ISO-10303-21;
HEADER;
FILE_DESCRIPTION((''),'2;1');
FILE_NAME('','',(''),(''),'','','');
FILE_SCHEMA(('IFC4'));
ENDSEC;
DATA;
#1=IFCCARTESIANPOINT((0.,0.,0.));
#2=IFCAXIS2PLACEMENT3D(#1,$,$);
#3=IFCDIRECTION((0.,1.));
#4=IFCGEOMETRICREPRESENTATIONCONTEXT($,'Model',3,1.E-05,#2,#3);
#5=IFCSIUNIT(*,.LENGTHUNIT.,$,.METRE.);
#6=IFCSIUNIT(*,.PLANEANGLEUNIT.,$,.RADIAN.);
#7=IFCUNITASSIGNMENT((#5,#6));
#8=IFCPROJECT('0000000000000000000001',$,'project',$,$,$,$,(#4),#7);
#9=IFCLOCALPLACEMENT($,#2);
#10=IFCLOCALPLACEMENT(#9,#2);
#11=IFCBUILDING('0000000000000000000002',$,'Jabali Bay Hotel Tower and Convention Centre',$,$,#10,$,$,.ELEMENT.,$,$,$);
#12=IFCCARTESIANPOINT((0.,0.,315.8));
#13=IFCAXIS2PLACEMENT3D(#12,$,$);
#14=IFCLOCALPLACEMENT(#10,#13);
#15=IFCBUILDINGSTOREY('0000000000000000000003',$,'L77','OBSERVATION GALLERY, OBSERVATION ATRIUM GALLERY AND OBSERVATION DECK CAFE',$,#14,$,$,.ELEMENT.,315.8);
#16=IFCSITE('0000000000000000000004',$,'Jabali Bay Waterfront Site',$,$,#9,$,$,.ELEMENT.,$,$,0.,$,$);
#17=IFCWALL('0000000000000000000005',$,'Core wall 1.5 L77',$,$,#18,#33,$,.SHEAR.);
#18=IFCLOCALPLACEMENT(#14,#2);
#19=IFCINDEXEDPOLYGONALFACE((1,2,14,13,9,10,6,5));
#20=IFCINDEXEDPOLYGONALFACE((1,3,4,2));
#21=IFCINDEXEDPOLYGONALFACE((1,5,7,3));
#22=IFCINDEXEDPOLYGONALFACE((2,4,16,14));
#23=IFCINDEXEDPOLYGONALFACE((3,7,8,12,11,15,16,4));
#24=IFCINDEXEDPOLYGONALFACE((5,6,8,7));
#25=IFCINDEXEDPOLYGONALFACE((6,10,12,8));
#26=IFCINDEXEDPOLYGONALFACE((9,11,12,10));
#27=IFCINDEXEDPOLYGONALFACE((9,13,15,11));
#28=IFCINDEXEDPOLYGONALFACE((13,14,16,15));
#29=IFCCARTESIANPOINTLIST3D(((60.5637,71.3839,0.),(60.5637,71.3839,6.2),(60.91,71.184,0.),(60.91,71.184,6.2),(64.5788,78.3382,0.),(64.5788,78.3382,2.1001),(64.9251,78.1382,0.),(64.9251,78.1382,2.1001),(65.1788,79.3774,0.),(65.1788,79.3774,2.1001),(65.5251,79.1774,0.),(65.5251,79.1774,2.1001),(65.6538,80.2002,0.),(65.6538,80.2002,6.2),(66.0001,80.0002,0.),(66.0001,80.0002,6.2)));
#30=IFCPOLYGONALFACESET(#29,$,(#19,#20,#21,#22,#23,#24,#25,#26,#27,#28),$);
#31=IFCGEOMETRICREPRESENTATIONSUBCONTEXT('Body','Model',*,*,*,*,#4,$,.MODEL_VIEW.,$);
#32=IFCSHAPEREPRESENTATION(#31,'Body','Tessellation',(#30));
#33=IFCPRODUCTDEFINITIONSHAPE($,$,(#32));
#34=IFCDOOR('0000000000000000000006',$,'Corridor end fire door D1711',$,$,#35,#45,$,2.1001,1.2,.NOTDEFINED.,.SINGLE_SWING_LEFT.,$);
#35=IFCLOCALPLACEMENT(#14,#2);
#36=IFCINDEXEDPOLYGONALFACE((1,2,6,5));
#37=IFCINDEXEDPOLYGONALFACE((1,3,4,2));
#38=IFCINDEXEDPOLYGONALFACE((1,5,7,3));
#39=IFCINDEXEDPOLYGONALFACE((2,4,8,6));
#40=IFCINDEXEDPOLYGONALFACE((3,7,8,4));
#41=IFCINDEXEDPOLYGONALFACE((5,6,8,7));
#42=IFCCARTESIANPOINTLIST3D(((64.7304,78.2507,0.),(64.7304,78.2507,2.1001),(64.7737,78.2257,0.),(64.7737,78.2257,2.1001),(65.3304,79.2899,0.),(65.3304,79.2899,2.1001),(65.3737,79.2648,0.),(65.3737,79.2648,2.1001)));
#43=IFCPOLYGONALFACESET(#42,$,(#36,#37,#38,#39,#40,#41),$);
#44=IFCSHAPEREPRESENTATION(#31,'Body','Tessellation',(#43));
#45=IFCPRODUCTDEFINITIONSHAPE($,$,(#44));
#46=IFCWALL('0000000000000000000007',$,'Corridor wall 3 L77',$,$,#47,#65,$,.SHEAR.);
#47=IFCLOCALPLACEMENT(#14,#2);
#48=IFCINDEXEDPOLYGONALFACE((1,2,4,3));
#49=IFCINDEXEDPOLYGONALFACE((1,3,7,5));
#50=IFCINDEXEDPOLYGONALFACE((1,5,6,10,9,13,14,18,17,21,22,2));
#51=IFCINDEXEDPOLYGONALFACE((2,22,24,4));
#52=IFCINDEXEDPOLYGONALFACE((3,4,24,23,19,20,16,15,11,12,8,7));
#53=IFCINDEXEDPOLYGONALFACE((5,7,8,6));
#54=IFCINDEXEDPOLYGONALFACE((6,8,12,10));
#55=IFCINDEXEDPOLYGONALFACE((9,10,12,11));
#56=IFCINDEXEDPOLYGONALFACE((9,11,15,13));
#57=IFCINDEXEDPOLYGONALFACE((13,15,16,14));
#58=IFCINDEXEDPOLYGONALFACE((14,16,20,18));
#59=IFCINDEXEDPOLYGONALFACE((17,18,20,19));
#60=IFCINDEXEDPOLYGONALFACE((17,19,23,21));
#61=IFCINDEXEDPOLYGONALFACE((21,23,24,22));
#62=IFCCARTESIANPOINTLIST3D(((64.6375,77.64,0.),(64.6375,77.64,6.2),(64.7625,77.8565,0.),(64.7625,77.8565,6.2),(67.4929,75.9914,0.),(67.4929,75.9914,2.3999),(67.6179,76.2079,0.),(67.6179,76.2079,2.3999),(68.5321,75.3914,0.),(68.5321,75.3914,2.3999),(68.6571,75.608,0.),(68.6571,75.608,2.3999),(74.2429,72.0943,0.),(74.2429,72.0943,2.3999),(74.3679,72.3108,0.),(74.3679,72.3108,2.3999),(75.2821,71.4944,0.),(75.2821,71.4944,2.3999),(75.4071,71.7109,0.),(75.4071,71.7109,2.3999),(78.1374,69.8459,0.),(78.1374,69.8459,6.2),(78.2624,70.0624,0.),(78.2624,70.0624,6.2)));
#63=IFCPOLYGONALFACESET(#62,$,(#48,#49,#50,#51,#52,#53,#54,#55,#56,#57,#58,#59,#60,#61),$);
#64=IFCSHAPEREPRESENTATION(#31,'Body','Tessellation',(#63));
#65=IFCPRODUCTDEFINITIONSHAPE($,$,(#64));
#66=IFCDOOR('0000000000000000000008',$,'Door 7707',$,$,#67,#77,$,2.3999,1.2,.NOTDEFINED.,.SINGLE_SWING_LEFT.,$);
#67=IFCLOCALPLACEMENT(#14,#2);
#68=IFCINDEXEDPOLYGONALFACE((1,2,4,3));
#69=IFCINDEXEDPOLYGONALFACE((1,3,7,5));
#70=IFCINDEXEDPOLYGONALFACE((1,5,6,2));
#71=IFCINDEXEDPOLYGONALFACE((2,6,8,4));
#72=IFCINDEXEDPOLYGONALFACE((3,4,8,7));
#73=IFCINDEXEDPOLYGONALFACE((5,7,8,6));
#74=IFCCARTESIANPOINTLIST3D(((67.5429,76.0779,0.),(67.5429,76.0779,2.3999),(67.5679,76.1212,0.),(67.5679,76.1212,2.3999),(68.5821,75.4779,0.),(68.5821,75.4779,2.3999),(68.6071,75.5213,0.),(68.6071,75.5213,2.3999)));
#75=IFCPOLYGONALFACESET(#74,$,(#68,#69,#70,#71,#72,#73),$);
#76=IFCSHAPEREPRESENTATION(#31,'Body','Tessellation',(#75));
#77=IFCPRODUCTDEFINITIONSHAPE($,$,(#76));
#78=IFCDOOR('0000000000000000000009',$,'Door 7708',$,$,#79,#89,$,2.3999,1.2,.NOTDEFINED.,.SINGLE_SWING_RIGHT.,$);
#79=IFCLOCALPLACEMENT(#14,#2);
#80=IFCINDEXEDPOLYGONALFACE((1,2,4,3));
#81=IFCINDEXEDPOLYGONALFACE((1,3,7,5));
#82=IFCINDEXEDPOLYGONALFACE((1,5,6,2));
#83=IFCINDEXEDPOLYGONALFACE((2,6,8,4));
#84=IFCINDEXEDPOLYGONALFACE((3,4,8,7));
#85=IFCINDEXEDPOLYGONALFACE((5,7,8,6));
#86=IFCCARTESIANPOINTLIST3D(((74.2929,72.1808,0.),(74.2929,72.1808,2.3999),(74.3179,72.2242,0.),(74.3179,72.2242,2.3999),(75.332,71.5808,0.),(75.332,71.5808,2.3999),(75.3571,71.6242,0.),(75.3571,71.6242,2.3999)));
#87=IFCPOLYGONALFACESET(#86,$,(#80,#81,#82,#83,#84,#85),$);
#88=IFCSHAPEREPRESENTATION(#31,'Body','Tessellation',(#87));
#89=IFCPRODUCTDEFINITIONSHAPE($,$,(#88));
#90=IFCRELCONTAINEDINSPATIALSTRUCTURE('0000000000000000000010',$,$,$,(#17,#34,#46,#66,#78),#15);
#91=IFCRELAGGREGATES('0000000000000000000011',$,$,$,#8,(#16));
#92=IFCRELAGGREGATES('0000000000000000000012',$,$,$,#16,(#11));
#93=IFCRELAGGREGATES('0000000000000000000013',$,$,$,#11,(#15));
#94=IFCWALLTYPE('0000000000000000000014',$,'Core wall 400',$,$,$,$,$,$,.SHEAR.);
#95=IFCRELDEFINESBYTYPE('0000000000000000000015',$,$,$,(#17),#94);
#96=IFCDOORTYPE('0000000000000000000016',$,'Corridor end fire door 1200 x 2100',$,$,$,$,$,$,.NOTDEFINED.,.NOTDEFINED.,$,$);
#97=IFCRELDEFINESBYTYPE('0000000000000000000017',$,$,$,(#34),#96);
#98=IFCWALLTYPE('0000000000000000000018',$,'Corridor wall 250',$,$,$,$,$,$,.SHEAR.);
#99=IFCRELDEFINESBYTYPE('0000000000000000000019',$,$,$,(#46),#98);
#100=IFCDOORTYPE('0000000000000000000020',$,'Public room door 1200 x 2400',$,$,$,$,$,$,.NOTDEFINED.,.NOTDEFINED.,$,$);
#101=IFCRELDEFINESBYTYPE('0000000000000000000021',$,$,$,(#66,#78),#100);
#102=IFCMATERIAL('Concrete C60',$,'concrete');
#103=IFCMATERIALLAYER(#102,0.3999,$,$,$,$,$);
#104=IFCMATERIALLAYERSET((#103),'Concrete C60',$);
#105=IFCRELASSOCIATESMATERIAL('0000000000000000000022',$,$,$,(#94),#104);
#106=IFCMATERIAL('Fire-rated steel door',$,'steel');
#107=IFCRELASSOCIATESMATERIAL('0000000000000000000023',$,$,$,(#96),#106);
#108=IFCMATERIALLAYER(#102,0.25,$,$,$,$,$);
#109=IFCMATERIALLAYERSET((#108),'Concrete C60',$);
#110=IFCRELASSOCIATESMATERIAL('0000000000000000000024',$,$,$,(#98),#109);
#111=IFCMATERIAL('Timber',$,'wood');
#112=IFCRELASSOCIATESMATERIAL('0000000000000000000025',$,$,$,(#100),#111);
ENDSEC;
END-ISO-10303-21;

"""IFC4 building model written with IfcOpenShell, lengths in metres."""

from ifc_helpers import new_model, si_unit, direction, frame, frame_2d, origin, place, context, subcontext, project, spatial, rectangle, extrude, material, layer, layer_set, type_object, element, fill, save


model = new_model("IFC4")

# Units and contexts
model_context = context("Model", 3, precision=1e-05, world=origin(), true_north=direction((0.0, 1.0)))
body_context = subcontext(model_context, "Body", "Model", "MODEL_VIEW")
ifc_project = project(units=[si_unit("LENGTHUNIT", "METRE"), si_unit("PLANEANGLEUNIT", "RADIAN")], contexts=[model_context])

# Site, building, storey
site_placement = place(None, origin())
site = spatial("IfcSite", under=ifc_project, at=site_placement, Name="Jabali Bay Waterfront Site", CompositionType="ELEMENT", RefElevation=0.0)
building_placement = place(site_placement, origin())
building = spatial("IfcBuilding", under=site, at=building_placement, Name="Jabali Bay Hotel Tower and Convention Centre", CompositionType="ELEMENT")
storey_placement = place(building_placement, frame((0.0, 0.0, 315.8)))
storey = spatial("IfcBuildingStorey", under=building, at=storey_placement, Name="L77", Description="OBSERVATION GALLERY, OBSERVATION ATRIUM GALLERY AND OBSERVATION DECK CAFE", CompositionType="ELEMENT", Elevation=315.8)

# Wall, opening, door
ifc_material_1 = material(Name="Concrete C60", Category="concrete")
ifc_layer_1 = layer(ifc_material_1, 0.3999)
ifc_layer_set_1 = layer_set([ifc_layer_1], Name="Concrete C60")
wall_type_1 = type_object("IfcWallType", Name="Core wall 400", PredefinedType="SHEAR", material=ifc_layer_set_1)
wall_1_placement = place(storey_placement, frame((60.7368, 71.2839, 0.0), z_axis=(0.0, 0.0, 1.0), x_axis=(0.500005, 0.866022, 0.0)))
wall_1 = element("IfcWall", 1, at=wall_1_placement, inside=storey, type_object=wall_type_1, Name="Core wall 1.5 L77", PredefinedType="SHEAR", context=body_context, shape_type="SweptSolid", body=[
    extrude(rectangle(XDim=10.1802, YDim=0.3999, at=frame_2d((5.0901, 0.0))), origin(), (0.0, 0.0, 1.0), 6.2),
])
opening_1_placement = place(wall_1_placement, frame((8.03, 0.0, 0.0)))
opening_1 = element("IfcOpeningElement", 2, at=opening_1_placement, cuts=wall_1, PredefinedType="OPENING", context=body_context, shape_type="SweptSolid", body=[
    extrude(rectangle(XDim=1.2, YDim=2.1001, at=frame_2d((0.6001, 1.05))), frame((0.0, 0.2104, 0.0), z_axis=(0.0, -1.0, 0.0), x_axis=(1.0, 0.0, 0.0)), (0.0, 0.0, 1.0), 0.4209),
])
ifc_material_2 = material(Name="Fire-rated steel door", Category="steel")
door_type_1 = type_object("IfcDoorType", Name="Corridor end fire door 1200 x 2100", OperationType="NOTDEFINED", PredefinedType="NOTDEFINED", material=ifc_material_2)
door_1_placement = place(opening_1_placement, origin())
door_1 = element("IfcDoor", 3, at=door_1_placement, inside=storey, type_object=door_type_1, Name="Corridor end fire door D1711", OperationType="SINGLE_SWING_LEFT", OverallHeight=2.1001, OverallWidth=1.2, PredefinedType="NOTDEFINED", context=body_context, shape_type="SweptSolid", body=[
    extrude(rectangle(XDim=1.2, YDim=2.1001, at=frame_2d((0.6001, 1.05))), frame((0.0, 0.0249, 0.0), z_axis=(0.0, -1.0, 0.0), x_axis=(1.0, 0.0, 0.0)), (0.0, 0.0, 1.0), 0.05),
])
fill(opening_1, door_1)

# Wall, openings, doors
ifc_layer_2 = layer(ifc_material_1, 0.25)
ifc_layer_set_2 = layer_set([ifc_layer_2], Name="Concrete C60")
wall_type_2 = type_object("IfcWallType", Name="Corridor wall 250", PredefinedType="SHEAR", material=ifc_layer_set_2)
wall_2_placement = place(storey_placement, frame((64.7, 77.7483, 0.0), z_axis=(0.0, 0.0, 1.0), x_axis=(0.866026, -0.499998, 0.0)))
wall_2 = element("IfcWall", 4, at=wall_2_placement, inside=storey, type_object=wall_type_2, Name="Corridor wall 3 L77", PredefinedType="SHEAR", context=body_context, shape_type="SweptSolid", body=[
    extrude(rectangle(XDim=15.5884, YDim=0.25, at=frame_2d((7.7942, 0.0))), origin(), (0.0, 0.0, 1.0), 6.2),
])
opening_2_placement = place(wall_2_placement, frame((3.2971, 0.0, 0.0)))
opening_2 = element("IfcOpeningElement", 5, at=opening_2_placement, cuts=wall_2, PredefinedType="OPENING", context=body_context, shape_type="SweptSolid", body=[
    extrude(rectangle(XDim=1.2, YDim=2.3999, at=frame_2d((0.6001, 1.2))), frame((0.0, 0.1355, 0.0), z_axis=(0.0, -1.0, 0.0), x_axis=(1.0, 0.0, 0.0)), (0.0, 0.0, 1.0), 0.271),
])
opening_3_placement = place(wall_2_placement, frame((11.0913, 0.0, 0.0)))
opening_3 = element("IfcOpeningElement", 6, at=opening_3_placement, cuts=wall_2, PredefinedType="OPENING", context=body_context, shape_type="SweptSolid", body=[
    extrude(rectangle(XDim=1.2, YDim=2.3999, at=frame_2d((0.6001, 1.2))), frame((0.0, 0.1355, 0.0), z_axis=(0.0, -1.0, 0.0), x_axis=(1.0, 0.0, 0.0)), (0.0, 0.0, 1.0), 0.271),
])
ifc_material_3 = material(Name="Timber", Category="wood")
door_type_2 = type_object("IfcDoorType", Name="Public room door 1200 x 2400", OperationType="NOTDEFINED", PredefinedType="NOTDEFINED", material=ifc_material_3)
door_2_placement = place(opening_2_placement, origin())
door_2 = element("IfcDoor", 7, at=door_2_placement, inside=storey, type_object=door_type_2, Name="Door 7707", OperationType="SINGLE_SWING_LEFT", OverallHeight=2.3999, OverallWidth=1.2, PredefinedType="NOTDEFINED", context=body_context, shape_type="SweptSolid", body=[
    extrude(rectangle(XDim=1.2, YDim=2.3999, at=frame_2d((0.6001, 1.2))), frame((0.0, 0.0249, 0.0), z_axis=(0.0, -1.0, 0.0), x_axis=(1.0, 0.0, 0.0)), (0.0, 0.0, 1.0), 0.05),
])
fill(opening_2, door_2)
door_3_placement = place(opening_3_placement, origin())
door_3 = element("IfcDoor", 8, at=door_3_placement, inside=storey, type_object=door_type_2, Name="Door 7708", OperationType="SINGLE_SWING_RIGHT", OverallHeight=2.3999, OverallWidth=1.2, PredefinedType="NOTDEFINED", context=body_context, shape_type="SweptSolid", body=[
    extrude(rectangle(XDim=1.2, YDim=2.3999, at=frame_2d((0.6001, 1.2))), frame((0.0, 0.0249, 0.0), z_axis=(0.0, -1.0, 0.0), x_axis=(1.0, 0.0, 0.0)), (0.0, 0.0, 1.0), 0.05),
])
fill(opening_3, door_3)

save(model, "model.ifc")
